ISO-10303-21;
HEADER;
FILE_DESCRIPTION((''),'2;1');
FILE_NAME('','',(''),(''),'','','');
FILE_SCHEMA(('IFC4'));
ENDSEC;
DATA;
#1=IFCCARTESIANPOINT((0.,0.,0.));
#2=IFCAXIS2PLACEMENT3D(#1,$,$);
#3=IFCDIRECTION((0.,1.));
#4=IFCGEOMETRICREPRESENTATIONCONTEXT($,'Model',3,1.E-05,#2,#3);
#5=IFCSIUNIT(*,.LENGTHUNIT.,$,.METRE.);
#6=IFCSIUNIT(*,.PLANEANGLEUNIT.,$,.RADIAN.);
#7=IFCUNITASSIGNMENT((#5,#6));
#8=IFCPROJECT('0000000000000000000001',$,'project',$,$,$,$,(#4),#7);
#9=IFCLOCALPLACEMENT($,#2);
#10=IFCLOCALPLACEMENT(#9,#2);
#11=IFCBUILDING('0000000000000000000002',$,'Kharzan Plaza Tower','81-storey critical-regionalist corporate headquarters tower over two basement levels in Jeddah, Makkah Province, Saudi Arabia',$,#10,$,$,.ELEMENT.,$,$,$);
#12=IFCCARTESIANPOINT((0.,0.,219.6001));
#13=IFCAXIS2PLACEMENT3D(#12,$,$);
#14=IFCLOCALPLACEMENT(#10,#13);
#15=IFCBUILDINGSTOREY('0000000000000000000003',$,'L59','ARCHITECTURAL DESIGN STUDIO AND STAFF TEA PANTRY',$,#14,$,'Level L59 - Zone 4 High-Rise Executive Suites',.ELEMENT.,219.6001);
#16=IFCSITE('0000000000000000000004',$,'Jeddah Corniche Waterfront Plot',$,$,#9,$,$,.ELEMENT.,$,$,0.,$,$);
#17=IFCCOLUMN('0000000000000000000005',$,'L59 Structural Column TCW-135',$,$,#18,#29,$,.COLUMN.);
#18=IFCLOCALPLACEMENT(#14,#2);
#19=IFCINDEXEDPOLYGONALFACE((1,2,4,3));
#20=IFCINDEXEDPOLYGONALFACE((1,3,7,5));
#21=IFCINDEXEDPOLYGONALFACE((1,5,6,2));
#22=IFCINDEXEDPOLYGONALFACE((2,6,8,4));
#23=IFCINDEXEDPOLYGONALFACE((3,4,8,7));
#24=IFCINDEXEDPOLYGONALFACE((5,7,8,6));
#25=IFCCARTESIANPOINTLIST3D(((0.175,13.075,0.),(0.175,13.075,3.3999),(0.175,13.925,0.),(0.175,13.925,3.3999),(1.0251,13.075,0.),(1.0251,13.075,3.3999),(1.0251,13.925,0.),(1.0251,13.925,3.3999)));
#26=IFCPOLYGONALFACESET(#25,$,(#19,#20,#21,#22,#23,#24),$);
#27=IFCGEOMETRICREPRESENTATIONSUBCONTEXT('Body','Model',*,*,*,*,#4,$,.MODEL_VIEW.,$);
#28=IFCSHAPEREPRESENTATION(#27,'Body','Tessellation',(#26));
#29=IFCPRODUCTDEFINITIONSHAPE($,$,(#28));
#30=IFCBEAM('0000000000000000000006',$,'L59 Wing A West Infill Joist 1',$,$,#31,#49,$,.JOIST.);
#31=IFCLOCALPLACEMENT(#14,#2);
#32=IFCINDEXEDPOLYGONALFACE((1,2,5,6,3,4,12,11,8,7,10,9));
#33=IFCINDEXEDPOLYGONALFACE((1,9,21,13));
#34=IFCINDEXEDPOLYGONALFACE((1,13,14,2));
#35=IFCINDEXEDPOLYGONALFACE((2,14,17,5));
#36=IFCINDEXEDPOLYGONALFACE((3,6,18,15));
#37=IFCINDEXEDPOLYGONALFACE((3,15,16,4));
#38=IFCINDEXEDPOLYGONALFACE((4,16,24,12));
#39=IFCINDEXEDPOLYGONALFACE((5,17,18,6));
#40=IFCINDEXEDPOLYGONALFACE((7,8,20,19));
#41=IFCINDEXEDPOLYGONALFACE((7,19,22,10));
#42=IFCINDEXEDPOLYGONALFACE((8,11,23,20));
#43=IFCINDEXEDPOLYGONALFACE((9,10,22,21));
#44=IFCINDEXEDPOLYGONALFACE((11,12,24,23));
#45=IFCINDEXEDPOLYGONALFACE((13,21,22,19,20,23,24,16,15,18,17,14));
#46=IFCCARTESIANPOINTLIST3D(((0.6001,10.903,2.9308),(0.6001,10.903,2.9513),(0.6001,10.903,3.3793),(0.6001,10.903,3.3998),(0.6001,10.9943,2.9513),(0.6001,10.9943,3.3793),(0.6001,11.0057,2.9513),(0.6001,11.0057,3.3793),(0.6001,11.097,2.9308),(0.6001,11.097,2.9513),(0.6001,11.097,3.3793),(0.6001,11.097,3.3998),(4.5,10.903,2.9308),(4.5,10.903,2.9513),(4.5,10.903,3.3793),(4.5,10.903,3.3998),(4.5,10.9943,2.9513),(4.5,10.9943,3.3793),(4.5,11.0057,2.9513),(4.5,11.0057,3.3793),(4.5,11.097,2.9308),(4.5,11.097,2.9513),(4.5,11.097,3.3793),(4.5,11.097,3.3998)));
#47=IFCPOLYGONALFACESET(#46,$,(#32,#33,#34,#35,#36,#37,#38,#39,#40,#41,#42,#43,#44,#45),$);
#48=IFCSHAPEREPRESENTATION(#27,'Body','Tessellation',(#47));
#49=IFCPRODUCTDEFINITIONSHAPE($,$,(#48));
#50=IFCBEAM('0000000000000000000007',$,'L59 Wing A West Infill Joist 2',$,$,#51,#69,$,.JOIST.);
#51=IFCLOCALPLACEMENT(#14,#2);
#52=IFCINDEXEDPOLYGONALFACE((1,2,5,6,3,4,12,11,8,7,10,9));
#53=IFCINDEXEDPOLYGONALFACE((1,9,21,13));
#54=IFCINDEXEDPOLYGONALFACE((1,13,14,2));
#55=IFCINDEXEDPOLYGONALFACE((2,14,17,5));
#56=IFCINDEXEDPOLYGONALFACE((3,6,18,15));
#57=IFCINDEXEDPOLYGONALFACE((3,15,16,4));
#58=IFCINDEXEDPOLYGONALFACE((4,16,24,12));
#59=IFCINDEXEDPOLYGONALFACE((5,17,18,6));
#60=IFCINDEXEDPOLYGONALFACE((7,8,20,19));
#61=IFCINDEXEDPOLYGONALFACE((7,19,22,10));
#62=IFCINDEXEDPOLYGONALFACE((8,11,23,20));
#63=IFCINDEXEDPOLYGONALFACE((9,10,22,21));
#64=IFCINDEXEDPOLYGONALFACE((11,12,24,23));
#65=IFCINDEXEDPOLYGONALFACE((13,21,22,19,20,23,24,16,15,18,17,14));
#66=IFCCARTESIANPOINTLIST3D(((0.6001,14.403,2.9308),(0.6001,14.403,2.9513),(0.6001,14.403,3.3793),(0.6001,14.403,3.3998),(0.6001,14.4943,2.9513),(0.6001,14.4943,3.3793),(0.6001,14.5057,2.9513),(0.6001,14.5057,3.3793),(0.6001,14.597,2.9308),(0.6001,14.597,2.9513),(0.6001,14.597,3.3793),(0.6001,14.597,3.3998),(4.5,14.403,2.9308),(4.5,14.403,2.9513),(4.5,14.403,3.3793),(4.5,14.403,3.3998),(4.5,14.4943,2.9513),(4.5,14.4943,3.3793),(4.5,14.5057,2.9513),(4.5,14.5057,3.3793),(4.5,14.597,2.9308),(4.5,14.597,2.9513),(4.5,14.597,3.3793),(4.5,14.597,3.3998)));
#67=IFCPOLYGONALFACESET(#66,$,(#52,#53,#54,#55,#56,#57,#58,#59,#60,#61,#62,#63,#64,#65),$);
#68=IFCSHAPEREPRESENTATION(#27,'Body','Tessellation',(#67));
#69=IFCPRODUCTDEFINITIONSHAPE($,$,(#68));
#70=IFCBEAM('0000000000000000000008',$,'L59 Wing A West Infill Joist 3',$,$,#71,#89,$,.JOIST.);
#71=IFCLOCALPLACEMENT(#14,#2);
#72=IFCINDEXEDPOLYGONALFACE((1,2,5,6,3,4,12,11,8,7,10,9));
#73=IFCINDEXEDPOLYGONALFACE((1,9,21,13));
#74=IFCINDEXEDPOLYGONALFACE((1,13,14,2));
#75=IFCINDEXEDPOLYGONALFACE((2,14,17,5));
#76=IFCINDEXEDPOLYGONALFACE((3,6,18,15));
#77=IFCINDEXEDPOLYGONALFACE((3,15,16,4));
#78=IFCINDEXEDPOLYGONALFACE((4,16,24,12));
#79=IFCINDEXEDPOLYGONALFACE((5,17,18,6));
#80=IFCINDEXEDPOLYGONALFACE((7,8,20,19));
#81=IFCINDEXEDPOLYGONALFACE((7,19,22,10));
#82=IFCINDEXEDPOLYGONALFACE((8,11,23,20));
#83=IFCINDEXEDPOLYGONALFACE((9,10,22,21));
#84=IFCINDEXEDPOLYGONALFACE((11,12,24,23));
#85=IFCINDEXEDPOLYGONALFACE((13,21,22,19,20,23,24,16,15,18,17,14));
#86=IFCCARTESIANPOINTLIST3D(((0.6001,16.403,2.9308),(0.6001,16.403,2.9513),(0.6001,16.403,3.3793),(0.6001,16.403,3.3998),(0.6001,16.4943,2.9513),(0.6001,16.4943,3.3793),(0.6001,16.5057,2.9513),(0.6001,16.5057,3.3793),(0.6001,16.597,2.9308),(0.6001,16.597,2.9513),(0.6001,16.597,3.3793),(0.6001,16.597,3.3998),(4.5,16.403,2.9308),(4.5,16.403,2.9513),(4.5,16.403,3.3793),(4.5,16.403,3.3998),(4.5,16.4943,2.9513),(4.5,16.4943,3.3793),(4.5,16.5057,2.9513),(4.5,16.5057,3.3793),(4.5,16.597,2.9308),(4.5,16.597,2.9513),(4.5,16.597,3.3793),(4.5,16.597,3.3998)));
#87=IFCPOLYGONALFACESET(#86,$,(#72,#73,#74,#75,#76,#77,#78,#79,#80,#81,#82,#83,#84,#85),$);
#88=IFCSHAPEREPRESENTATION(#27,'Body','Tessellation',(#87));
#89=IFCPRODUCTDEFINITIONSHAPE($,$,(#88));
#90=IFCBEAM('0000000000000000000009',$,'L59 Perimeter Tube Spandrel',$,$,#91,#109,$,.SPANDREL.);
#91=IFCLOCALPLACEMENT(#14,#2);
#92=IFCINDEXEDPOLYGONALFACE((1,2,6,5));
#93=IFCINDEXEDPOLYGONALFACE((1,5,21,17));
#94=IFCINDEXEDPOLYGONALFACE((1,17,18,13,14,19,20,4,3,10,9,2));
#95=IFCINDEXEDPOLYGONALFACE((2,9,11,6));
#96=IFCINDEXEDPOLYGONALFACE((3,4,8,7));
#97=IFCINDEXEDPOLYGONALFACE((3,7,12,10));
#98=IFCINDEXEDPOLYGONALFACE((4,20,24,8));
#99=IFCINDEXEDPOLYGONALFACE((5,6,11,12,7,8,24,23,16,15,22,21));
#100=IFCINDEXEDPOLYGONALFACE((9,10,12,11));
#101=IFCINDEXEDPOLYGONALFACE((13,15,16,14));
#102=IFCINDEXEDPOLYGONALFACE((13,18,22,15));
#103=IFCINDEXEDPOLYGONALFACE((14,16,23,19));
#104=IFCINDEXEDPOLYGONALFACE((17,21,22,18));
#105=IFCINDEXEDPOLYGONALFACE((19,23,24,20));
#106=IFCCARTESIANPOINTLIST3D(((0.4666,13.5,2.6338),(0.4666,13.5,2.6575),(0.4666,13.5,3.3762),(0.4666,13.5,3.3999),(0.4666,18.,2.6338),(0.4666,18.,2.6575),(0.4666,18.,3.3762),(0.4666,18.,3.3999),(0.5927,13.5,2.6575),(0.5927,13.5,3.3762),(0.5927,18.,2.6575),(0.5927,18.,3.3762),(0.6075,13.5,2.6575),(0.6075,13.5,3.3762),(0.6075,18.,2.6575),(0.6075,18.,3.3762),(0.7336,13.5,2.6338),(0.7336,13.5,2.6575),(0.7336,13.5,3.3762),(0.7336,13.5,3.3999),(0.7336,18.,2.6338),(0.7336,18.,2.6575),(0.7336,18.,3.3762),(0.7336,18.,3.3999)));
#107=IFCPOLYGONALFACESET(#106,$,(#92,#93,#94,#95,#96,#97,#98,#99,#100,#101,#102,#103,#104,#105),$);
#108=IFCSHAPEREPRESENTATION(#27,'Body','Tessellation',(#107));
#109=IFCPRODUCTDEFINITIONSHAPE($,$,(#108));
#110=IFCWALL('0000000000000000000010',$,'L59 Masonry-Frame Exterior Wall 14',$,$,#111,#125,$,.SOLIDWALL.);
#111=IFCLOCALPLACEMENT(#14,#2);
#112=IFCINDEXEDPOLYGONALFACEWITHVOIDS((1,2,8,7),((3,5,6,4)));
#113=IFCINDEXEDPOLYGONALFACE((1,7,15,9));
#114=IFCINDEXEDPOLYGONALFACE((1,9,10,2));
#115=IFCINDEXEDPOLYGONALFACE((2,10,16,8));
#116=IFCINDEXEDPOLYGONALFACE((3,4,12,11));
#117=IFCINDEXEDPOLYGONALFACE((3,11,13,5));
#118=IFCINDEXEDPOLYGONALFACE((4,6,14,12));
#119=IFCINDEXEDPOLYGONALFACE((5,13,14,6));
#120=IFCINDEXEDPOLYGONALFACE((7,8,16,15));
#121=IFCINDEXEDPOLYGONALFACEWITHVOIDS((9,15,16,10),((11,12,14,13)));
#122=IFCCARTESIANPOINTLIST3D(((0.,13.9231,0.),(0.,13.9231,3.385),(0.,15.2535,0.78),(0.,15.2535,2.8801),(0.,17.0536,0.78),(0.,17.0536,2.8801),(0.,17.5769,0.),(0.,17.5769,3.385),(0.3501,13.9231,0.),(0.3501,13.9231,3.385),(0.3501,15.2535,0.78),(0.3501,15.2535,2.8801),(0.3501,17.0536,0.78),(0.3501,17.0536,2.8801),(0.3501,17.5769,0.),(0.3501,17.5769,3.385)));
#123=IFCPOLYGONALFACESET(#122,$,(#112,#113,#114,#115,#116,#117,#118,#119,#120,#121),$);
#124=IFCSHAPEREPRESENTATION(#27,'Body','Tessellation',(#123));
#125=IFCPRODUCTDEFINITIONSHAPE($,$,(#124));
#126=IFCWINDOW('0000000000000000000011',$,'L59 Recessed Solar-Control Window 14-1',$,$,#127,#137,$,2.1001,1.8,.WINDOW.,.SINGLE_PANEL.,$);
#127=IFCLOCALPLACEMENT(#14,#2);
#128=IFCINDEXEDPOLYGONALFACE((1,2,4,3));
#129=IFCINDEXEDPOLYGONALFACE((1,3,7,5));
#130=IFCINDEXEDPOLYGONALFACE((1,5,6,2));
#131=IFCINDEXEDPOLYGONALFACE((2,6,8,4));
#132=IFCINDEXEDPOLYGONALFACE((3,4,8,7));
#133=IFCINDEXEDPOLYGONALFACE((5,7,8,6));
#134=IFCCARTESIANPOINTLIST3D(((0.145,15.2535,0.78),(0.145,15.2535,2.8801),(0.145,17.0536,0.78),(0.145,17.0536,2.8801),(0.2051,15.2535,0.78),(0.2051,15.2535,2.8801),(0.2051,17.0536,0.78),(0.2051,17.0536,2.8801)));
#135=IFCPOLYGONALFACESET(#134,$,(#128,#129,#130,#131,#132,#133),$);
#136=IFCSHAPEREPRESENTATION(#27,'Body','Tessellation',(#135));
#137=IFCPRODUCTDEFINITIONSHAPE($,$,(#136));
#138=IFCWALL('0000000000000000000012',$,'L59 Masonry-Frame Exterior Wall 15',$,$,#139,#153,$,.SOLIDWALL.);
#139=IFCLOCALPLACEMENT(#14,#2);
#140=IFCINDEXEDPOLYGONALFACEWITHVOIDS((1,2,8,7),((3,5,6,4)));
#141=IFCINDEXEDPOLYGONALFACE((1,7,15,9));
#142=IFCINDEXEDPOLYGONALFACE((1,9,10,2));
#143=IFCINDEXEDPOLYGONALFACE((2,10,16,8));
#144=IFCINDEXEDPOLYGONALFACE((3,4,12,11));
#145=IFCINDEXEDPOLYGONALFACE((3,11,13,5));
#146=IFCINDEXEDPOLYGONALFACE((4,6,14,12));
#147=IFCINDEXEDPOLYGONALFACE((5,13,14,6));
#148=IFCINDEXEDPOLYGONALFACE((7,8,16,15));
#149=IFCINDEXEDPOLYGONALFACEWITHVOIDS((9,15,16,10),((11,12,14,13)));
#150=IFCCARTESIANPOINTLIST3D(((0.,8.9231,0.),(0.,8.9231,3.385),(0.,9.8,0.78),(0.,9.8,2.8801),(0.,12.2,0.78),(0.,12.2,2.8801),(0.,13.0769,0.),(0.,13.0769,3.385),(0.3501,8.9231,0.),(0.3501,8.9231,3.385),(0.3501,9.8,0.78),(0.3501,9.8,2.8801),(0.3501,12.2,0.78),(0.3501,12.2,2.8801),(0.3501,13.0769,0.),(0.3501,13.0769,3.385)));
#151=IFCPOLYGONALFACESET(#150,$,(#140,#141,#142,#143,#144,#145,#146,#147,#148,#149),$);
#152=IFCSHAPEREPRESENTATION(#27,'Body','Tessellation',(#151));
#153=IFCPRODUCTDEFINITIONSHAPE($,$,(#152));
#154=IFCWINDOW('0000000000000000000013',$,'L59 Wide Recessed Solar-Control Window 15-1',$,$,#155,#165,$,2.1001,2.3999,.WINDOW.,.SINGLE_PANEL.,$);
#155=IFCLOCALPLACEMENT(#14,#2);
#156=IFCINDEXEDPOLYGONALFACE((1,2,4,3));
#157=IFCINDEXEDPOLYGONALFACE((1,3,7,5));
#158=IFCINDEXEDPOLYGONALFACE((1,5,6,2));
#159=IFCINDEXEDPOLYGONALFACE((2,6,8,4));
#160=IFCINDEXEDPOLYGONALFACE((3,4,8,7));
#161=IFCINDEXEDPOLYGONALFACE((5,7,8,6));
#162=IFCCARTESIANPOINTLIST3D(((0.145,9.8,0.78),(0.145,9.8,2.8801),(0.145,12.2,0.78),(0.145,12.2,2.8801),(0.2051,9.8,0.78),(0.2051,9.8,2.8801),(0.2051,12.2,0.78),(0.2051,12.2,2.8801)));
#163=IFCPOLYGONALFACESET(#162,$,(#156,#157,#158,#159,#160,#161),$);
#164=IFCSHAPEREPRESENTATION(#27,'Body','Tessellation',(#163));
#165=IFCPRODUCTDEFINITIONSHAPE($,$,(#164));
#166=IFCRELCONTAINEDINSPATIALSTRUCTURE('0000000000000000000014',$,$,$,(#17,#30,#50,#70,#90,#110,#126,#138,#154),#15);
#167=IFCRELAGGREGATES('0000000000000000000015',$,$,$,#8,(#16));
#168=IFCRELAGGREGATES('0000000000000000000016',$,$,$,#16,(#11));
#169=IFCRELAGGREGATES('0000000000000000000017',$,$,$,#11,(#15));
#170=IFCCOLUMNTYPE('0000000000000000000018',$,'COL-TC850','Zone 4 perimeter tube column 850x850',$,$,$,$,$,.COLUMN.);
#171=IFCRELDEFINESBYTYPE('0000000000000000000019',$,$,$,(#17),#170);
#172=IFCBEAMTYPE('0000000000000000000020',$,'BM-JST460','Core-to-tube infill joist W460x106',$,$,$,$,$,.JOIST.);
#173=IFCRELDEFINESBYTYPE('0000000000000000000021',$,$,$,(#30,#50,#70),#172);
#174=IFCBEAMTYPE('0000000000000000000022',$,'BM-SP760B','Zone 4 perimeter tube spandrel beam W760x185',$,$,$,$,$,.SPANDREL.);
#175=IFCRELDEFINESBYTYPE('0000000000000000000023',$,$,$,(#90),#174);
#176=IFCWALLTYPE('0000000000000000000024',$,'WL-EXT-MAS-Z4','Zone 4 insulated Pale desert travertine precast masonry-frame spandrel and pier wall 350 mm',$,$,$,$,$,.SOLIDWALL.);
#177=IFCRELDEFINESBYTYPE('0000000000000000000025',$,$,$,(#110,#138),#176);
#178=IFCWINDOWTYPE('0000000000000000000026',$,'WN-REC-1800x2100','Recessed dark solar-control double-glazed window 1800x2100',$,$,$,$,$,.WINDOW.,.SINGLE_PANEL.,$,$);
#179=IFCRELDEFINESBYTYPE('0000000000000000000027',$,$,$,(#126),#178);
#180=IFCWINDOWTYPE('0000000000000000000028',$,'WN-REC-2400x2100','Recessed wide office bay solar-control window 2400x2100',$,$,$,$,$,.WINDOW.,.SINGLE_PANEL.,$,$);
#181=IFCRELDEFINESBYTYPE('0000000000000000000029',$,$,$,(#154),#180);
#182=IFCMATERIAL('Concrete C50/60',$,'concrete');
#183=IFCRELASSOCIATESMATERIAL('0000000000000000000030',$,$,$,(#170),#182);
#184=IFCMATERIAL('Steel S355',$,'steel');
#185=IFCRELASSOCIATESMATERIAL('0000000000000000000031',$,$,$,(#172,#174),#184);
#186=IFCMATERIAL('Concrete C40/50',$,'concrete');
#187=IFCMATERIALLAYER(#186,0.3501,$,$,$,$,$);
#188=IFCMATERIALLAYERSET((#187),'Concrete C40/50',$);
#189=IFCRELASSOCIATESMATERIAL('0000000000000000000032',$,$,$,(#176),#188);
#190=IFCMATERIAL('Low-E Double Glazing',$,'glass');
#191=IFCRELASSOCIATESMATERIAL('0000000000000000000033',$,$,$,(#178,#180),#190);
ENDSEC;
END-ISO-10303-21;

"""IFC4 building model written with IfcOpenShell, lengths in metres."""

from ifc_helpers import new_model, si_unit, direction, frame, frame_2d, origin, origin_2d, place, context, subcontext, project, spatial, rectangle, i_section, extrude, source, transform, mapped, material, layer, layer_set, material_profile, profile_set, type_object, element, fill, save


model = new_model("IFC4")

# Units and contexts
model_context = context("Model", 3, precision=1e-05, world=origin(), true_north=direction((0.0, 1.0)))
body_context = subcontext(model_context, "Body", "Model", "MODEL_VIEW")
ifc_project = project(units=[si_unit("LENGTHUNIT", "METRE"), si_unit("PLANEANGLEUNIT", "RADIAN")], contexts=[model_context])

# Site, building, storey
site_placement = place(None, origin())
site = spatial("IfcSite", under=ifc_project, at=site_placement, Name="Jeddah Corniche Waterfront Plot", CompositionType="ELEMENT", RefElevation=0.0)
building_placement = place(site_placement, origin())
building = spatial("IfcBuilding", under=site, at=building_placement, Name="Kharzan Plaza Tower", Description="81-storey critical-regionalist corporate headquarters tower over two basement levels in Jeddah, Makkah Province, Saudi Arabia", CompositionType="ELEMENT")
storey_placement = place(building_placement, frame((0.0, 0.0, 219.6001)))
storey = spatial("IfcBuildingStorey", under=building, at=storey_placement, Name="L59", Description="ARCHITECTURAL DESIGN STUDIO AND STAFF TEA PANTRY", LongName="Level L59 - Zone 4 High-Rise Executive Suites", CompositionType="ELEMENT", Elevation=219.6001)

# Column
ifc_material_1 = material(Name="Concrete C50/60", Category="concrete")
ifc_material_profile_1 = material_profile(ifc_material_1, rectangle(XDim=0.8501, YDim=0.8501, at=origin_2d()), Name="RC-TC850x850")
ifc_profile_set_1 = profile_set([ifc_material_profile_1], Name="Concrete C50/60")
column_type = type_object("IfcColumnType", Name="COL-TC850", Description="Zone 4 perimeter tube column 850x850", PredefinedType="COLUMN", material=ifc_profile_set_1)
shared_shape_1 = source(origin(), body_context, "Body", "SweptSolid", [
    extrude(rectangle(XDim=0.8501, YDim=0.8501, at=origin_2d()), origin(), (0.0, 0.0, 1.0), 3.3999),
])
column_placement = place(storey_placement, frame((0.6001, 13.5, 0.0), z_axis=(0.0, 0.0, 1.0), x_axis=(1.0, 0.0, 0.0)))
element("IfcColumn", 1, at=column_placement, inside=storey, type_object=column_type, Name="L59 Structural Column TCW-135", PredefinedType="COLUMN", context=body_context, shape_type="MappedRepresentation", body=[
    mapped(shared_shape_1, transform((0.0, 0.0, 0.0), x_axis=(1.0, 0.0, 0.0), y_axis=(0.0, 1.0, 0.0), z_axis=(0.0, 0.0, 1.0))),
])

# Beams
ifc_material_2 = material(Name="Steel S355", Category="steel")
ifc_material_profile_2 = material_profile(ifc_material_2, i_section(OverallWidth=0.1941, OverallDepth=0.469, WebThickness=0.0115, FlangeThickness=0.0205, at=origin_2d()), Name="W460x106")
ifc_profile_set_2 = profile_set([ifc_material_profile_2], Name="Steel S355")
beam_type_1 = type_object("IfcBeamType", Name="BM-JST460", Description="Core-to-tube infill joist W460x106", PredefinedType="JOIST", material=ifc_profile_set_2)
shared_shape_2 = source(origin(), body_context, "Body", "SweptSolid", [
    extrude(i_section(OverallWidth=0.1941, OverallDepth=0.469, WebThickness=0.0115, FlangeThickness=0.0205, at=origin_2d()), origin(), (0.0, 0.0, 1.0), 3.8999),
])
for number, where, z_axis, x_axis, name in (
    (2, (0.6001, 11.0, 3.1653), (1.0, 0.0, 0.0), (0.0, 1.0, 0.0), "L59 Wing A West Infill Joist 1"),
    (3, (0.6001, 14.5, 3.1653), (1.0, 0.0, 0.0), (0.0, 1.0, 0.0), "L59 Wing A West Infill Joist 2"),
    (4, (0.6001, 16.5, 3.1653), (1.0, 0.0, 0.0), (0.0, 1.0, 0.0), "L59 Wing A West Infill Joist 3"),
):
    element("IfcBeam", number, at=place(storey_placement, frame(where, z_axis=z_axis, x_axis=x_axis)), inside=storey, type_object=beam_type_1, Name=name, PredefinedType="JOIST", context=body_context, shape_type="MappedRepresentation", body=[
        mapped(shared_shape_2, transform((0.0, 0.0, 0.0), x_axis=(1.0, 0.0, 0.0), y_axis=(0.0, 1.0, 0.0), z_axis=(0.0, 0.0, 1.0))),
    ])
ifc_material_profile_3 = material_profile(ifc_material_2, i_section(OverallWidth=0.2671, OverallDepth=0.7661, WebThickness=0.0149, FlangeThickness=0.0237, at=origin_2d()), Name="W760x185")
ifc_profile_set_3 = profile_set([ifc_material_profile_3], Name="Steel S355")
beam_type_2 = type_object("IfcBeamType", Name="BM-SP760B", Description="Zone 4 perimeter tube spandrel beam W760x185", PredefinedType="SPANDREL", material=ifc_profile_set_3)
shared_shape_3 = source(origin(), body_context, "Body", "SweptSolid", [
    extrude(i_section(OverallWidth=0.2671, OverallDepth=0.7661, WebThickness=0.0149, FlangeThickness=0.0237, at=origin_2d()), origin(), (0.0, 0.0, 1.0), 4.5),
])
beam_placement = place(storey_placement, frame((0.6001, 13.5, 3.0168), z_axis=(0.0, 1.0, 0.0), x_axis=(-1.0, 0.0, 0.0)))
element("IfcBeam", 5, at=beam_placement, inside=storey, type_object=beam_type_2, Name="L59 Perimeter Tube Spandrel", PredefinedType="SPANDREL", context=body_context, shape_type="MappedRepresentation", body=[
    mapped(shared_shape_3, transform((0.0, 0.0, 0.0), x_axis=(1.0, 0.0, 0.0), y_axis=(0.0, 1.0, 0.0), z_axis=(0.0, 0.0, 1.0))),
])

# Walls, openings, windows
ifc_material_3 = material(Name="Concrete C40/50", Category="concrete")
ifc_layer_1 = layer(ifc_material_3, 0.3501)
ifc_layer_set_1 = layer_set([ifc_layer_1], Name="Concrete C40/50")
wall_type_1 = type_object("IfcWallType", Name="WL-EXT-MAS-Z4", Description="Zone 4 insulated Pale desert travertine precast masonry-frame spandrel and pier wall 350 mm", PredefinedType="SOLIDWALL", material=ifc_layer_set_1)
wall_1_placement = place(storey_placement, frame((0.175, 17.5769, 0.0), z_axis=(0.0, 0.0, 1.0), x_axis=(0.0, -1.0, 0.0)))
wall_1 = element("IfcWall", 6, at=wall_1_placement, inside=storey, type_object=wall_type_1, Name="L59 Masonry-Frame Exterior Wall 14", PredefinedType="SOLIDWALL", context=body_context, shape_type="SweptSolid", body=[
    extrude(rectangle(XDim=3.6538, YDim=0.3501, at=frame_2d((1.8269, 0.0))), origin(), (0.0, 0.0, 1.0), 3.385),
])
opening_1_placement = place(wall_1_placement, frame((0.5234, 0.0, 0.78)))
opening_1 = element("IfcOpeningElement", 7, at=opening_1_placement, cuts=wall_1, PredefinedType="OPENING", context=body_context, shape_type="SweptSolid", body=[
    extrude(rectangle(XDim=1.8, YDim=2.1001, at=frame_2d((0.8999, 1.05))), frame((0.0, 0.1851, 0.0), z_axis=(0.0, -1.0, 0.0), x_axis=(1.0, 0.0, 0.0)), (0.0, 0.0, 1.0), 0.3701),
])
ifc_material_4 = material(Name="Low-E Double Glazing", Category="glass")
window_type_1 = type_object("IfcWindowType", Name="WN-REC-1800x2100", Description="Recessed dark solar-control double-glazed window 1800x2100", PartitioningType="SINGLE_PANEL", PredefinedType="WINDOW", material=ifc_material_4)
shared_shape_4 = source(origin(), body_context, "Body", "SweptSolid", [
    extrude(rectangle(XDim=1.8, YDim=2.1001, at=frame_2d((0.8999, 1.05))), frame((0.0, 0.03, 0.0), z_axis=(0.0, -1.0, 0.0), x_axis=(1.0, 0.0, 0.0)), (0.0, 0.0, 1.0), 0.0601),
])
window_1_placement = place(opening_1_placement, origin())
window_1 = element("IfcWindow", 8, at=window_1_placement, inside=storey, type_object=window_type_1, Name="L59 Recessed Solar-Control Window 14-1", OverallHeight=2.1001, OverallWidth=1.8, PartitioningType="SINGLE_PANEL", PredefinedType="WINDOW", context=body_context, shape_type="MappedRepresentation", body=[
    mapped(shared_shape_4, transform((0.0, 0.0, 0.0), x_axis=(1.0, 0.0, 0.0), y_axis=(0.0, 1.0, 0.0), z_axis=(0.0, 0.0, 1.0))),
])
fill(opening_1, window_1)
wall_2_placement = place(storey_placement, frame((0.175, 13.0769, 0.0), z_axis=(0.0, 0.0, 1.0), x_axis=(0.0, -1.0, 0.0)))
wall_2 = element("IfcWall", 9, at=wall_2_placement, inside=storey, type_object=wall_type_1, Name="L59 Masonry-Frame Exterior Wall 15", PredefinedType="SOLIDWALL", context=body_context, shape_type="SweptSolid", body=[
    extrude(rectangle(XDim=4.1538, YDim=0.3501, at=frame_2d((2.0769, 0.0))), origin(), (0.0, 0.0, 1.0), 3.385),
])
opening_2_placement = place(wall_2_placement, frame((0.877, 0.0, 0.78)))
opening_2 = element("IfcOpeningElement", 10, at=opening_2_placement, cuts=wall_2, PredefinedType="OPENING", context=body_context, shape_type="SweptSolid", body=[
    extrude(rectangle(XDim=2.3999, YDim=2.1001, at=frame_2d((1.2, 1.05))), frame((0.0, 0.1851, 0.0), z_axis=(0.0, -1.0, 0.0), x_axis=(1.0, 0.0, 0.0)), (0.0, 0.0, 1.0), 0.3701),
])
window_type_2 = type_object("IfcWindowType", Name="WN-REC-2400x2100", Description="Recessed wide office bay solar-control window 2400x2100", PartitioningType="SINGLE_PANEL", PredefinedType="WINDOW", material=ifc_material_4)
shared_shape_5 = source(origin(), body_context, "Body", "SweptSolid", [
    extrude(rectangle(XDim=2.3999, YDim=2.1001, at=frame_2d((1.2, 1.05))), frame((0.0, 0.03, 0.0), z_axis=(0.0, -1.0, 0.0), x_axis=(1.0, 0.0, 0.0)), (0.0, 0.0, 1.0), 0.0601),
])
window_2_placement = place(opening_2_placement, origin())
window_2 = element("IfcWindow", 11, at=window_2_placement, inside=storey, type_object=window_type_2, Name="L59 Wide Recessed Solar-Control Window 15-1", OverallHeight=2.1001, OverallWidth=2.3999, PartitioningType="SINGLE_PANEL", PredefinedType="WINDOW", context=body_context, shape_type="MappedRepresentation", body=[
    mapped(shared_shape_5, transform((0.0, 0.0, 0.0), x_axis=(1.0, 0.0, 0.0), y_axis=(0.0, 1.0, 0.0), z_axis=(0.0, 0.0, 1.0))),
])
fill(opening_2, window_2)

save(model, "model.ifc")
